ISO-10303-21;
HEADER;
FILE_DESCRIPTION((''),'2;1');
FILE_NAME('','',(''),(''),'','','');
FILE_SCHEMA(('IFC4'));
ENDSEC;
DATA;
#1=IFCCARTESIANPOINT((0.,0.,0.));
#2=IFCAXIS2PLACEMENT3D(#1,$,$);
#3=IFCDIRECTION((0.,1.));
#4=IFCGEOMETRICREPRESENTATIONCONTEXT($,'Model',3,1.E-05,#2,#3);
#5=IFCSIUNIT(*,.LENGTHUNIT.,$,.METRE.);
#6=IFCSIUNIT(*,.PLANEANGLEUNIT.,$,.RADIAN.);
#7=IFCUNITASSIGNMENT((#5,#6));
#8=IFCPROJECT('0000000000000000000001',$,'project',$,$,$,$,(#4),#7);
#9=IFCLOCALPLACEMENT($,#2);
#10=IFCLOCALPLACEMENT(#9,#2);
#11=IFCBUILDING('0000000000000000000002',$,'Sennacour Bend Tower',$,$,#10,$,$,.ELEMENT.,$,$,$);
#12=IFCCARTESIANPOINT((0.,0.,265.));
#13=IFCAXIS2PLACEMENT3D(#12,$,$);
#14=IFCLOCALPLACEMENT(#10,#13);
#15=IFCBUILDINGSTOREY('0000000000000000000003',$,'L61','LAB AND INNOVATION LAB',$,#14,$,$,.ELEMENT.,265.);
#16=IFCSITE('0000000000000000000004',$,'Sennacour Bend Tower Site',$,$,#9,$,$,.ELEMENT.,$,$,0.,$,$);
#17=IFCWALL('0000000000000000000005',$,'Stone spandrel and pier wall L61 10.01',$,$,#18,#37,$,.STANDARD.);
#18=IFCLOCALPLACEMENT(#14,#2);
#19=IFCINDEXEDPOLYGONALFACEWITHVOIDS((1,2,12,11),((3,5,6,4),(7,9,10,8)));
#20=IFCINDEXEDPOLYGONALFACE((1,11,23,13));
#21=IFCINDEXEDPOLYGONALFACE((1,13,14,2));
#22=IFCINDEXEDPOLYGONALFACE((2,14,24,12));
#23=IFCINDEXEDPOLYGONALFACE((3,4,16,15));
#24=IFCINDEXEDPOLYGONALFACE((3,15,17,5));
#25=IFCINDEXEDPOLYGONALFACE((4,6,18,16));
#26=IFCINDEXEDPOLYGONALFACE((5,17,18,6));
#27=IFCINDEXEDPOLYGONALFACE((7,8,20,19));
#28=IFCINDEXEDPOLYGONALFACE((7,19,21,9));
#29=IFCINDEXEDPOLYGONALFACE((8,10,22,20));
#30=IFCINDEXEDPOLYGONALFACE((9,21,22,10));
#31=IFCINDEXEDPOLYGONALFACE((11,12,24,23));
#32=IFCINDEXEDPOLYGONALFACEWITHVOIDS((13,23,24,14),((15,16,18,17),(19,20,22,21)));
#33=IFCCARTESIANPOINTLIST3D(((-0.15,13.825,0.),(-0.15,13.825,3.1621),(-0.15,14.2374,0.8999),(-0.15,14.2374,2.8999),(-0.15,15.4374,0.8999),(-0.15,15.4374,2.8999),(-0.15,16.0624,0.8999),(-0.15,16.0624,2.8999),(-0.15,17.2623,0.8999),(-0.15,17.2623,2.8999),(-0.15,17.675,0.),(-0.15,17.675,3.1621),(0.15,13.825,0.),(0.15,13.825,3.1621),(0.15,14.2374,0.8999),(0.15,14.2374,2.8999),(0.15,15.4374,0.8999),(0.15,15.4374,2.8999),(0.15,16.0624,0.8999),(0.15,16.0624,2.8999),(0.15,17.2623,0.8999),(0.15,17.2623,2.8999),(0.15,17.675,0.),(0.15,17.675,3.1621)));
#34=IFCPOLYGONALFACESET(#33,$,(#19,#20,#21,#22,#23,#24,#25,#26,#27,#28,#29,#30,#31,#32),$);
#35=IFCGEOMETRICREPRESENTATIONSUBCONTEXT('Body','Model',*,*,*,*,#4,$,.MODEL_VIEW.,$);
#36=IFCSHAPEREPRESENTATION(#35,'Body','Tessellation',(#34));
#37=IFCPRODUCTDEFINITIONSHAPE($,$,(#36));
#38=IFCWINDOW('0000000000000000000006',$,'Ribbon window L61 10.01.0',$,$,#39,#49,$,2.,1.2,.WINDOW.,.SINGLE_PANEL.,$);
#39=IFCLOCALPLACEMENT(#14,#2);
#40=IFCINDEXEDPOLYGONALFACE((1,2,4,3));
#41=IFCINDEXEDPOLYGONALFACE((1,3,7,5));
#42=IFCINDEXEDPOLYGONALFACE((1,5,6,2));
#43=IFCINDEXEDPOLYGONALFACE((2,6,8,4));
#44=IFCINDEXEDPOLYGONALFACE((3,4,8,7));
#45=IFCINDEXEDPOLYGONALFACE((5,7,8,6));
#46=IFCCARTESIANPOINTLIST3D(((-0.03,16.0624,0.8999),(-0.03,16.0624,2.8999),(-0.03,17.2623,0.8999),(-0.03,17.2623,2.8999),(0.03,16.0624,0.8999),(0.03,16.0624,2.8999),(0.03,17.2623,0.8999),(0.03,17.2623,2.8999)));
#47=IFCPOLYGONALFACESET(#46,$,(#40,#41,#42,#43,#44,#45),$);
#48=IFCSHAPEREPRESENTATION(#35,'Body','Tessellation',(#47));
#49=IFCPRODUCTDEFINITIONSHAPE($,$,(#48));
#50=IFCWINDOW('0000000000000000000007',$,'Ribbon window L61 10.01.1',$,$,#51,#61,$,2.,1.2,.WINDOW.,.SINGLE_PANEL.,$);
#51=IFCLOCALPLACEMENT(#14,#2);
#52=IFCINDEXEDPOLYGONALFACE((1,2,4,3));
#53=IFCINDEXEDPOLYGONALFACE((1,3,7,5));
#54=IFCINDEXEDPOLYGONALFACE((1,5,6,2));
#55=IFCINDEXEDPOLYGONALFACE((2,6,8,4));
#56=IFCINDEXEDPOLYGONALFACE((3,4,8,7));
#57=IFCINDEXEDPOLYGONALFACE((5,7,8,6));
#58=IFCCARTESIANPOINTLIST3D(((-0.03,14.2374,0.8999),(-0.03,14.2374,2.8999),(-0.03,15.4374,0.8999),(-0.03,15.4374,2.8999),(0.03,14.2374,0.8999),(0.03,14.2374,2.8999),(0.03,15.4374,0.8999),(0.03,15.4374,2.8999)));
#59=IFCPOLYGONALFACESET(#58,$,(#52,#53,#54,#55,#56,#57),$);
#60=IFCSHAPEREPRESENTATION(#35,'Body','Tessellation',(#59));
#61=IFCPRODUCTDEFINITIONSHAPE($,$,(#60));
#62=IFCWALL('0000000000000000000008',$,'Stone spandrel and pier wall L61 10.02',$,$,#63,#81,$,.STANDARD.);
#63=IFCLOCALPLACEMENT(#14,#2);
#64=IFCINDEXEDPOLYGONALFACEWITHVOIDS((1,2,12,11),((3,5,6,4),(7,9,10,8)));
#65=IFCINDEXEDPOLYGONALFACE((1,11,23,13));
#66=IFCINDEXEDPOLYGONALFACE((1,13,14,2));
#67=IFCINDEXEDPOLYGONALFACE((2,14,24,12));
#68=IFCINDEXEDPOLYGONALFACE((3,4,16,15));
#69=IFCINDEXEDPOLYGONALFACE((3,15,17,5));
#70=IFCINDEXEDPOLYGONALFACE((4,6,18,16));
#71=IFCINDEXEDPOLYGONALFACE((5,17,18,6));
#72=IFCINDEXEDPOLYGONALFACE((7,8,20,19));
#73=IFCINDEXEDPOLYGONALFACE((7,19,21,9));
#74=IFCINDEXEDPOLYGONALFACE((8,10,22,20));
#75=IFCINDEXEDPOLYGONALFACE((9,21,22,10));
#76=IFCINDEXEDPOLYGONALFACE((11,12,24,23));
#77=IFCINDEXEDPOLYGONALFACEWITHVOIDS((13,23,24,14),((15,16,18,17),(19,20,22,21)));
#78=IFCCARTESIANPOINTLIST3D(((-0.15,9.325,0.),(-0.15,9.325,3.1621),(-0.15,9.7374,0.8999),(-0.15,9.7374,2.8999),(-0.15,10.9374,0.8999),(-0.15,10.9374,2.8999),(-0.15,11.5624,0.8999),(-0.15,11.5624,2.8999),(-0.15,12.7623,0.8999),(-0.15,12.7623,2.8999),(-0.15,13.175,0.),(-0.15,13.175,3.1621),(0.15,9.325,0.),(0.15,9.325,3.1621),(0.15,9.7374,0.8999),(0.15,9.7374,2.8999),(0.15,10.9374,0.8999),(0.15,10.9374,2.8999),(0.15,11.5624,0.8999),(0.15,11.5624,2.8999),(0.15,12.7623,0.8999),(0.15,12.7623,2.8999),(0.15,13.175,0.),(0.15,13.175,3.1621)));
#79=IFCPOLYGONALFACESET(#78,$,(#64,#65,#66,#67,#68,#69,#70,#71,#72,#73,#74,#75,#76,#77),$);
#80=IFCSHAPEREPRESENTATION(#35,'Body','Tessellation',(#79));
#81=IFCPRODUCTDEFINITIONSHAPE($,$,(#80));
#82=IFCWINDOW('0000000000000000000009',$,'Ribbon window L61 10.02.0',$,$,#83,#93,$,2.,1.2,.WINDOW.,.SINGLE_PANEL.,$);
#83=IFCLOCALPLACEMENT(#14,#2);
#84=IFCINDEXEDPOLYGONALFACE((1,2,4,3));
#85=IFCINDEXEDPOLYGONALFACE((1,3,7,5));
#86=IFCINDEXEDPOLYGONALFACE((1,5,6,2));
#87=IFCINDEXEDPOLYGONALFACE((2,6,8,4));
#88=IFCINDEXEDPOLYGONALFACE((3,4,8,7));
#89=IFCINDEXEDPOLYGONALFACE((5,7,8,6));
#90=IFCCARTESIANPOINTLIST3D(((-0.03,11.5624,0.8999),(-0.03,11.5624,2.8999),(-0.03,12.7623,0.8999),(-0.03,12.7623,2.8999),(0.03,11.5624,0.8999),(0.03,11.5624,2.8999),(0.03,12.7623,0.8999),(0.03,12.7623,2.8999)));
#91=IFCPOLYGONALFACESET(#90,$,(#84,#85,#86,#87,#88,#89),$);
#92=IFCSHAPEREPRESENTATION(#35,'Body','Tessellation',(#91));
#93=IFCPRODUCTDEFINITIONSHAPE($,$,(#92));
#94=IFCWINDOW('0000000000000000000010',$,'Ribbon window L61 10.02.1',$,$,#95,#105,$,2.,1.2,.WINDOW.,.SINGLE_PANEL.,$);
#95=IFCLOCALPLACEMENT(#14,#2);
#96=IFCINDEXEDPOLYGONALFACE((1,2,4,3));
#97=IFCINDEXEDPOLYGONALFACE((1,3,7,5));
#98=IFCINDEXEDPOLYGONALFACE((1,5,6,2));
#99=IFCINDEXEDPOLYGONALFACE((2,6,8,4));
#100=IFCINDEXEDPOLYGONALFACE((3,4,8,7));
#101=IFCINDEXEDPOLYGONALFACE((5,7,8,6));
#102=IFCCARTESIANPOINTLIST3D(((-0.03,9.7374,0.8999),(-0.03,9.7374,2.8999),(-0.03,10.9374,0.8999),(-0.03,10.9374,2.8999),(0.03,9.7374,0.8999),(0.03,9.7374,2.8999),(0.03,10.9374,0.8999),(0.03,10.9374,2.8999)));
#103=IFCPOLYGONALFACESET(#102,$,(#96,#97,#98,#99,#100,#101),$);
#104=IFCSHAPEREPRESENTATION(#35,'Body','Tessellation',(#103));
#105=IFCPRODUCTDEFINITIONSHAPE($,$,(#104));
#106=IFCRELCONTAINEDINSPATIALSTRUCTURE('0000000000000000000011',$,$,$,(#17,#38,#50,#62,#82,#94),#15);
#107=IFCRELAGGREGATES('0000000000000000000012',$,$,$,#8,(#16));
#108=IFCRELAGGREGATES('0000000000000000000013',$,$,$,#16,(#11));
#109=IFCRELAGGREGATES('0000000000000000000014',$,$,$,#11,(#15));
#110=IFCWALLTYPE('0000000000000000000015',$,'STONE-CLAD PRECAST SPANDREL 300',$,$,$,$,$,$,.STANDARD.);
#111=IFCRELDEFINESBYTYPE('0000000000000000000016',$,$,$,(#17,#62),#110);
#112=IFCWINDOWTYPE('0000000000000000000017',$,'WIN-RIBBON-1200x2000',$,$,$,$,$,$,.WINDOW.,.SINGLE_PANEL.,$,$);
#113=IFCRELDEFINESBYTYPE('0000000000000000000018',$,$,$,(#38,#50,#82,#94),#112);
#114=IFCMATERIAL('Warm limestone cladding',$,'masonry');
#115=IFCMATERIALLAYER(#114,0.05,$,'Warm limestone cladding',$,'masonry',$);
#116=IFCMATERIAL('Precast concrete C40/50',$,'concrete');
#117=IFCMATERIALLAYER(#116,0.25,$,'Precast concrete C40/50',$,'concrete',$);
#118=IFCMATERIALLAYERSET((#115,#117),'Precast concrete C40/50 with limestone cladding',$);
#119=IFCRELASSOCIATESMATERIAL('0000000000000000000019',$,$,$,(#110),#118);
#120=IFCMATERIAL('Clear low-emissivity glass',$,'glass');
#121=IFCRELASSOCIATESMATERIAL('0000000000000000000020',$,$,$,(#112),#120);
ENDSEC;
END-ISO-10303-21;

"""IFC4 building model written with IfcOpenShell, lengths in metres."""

from ifc_helpers import new_model, si_unit, direction, frame, frame_2d, origin, place, context, subcontext, project, spatial, rectangle, extrude, material, layer, layer_set, type_object, element, fill, save


model = new_model("IFC4")

# Units and contexts
model_context = context("Model", 3, precision=1e-05, world=origin(), true_north=direction((0.0, 1.0)))
body_context = subcontext(model_context, "Body", "Model", "MODEL_VIEW")
ifc_project = project(units=[si_unit("LENGTHUNIT", "METRE"), si_unit("PLANEANGLEUNIT", "RADIAN")], contexts=[model_context])

# Site, building, storey
site_placement = place(None, origin())
site = spatial("IfcSite", under=ifc_project, at=site_placement, Name="Sennacour Bend Tower Site", CompositionType="ELEMENT", RefElevation=0.0)
building_placement = place(site_placement, origin())
building = spatial("IfcBuilding", under=site, at=building_placement, Name="Sennacour Bend Tower", CompositionType="ELEMENT")
storey_placement = place(building_placement, frame((0.0, 0.0, 265.0)))
storey = spatial("IfcBuildingStorey", under=building, at=storey_placement, Name="L61", Description="LAB AND INNOVATION LAB", CompositionType="ELEMENT", Elevation=265.0)

# Walls, openings, windows
ifc_material_1 = material(Name="Warm limestone cladding", Category="masonry")
ifc_layer_1 = layer(ifc_material_1, 0.05, Name="Warm limestone cladding", Category="masonry")
ifc_material_2 = material(Name="Precast concrete C40/50", Category="concrete")
ifc_layer_2 = layer(ifc_material_2, 0.25, Name="Precast concrete C40/50", Category="concrete")
ifc_layer_set_1 = layer_set([ifc_layer_1, ifc_layer_2], Name="Precast concrete C40/50 with limestone cladding")
wall_type_1 = type_object("IfcWallType", Name="STONE-CLAD PRECAST SPANDREL 300", PredefinedType="STANDARD", material=ifc_layer_set_1)
ifc_material_3 = material(Name="Clear low-emissivity glass", Category="glass")
window_type_1 = type_object("IfcWindowType", Name="WIN-RIBBON-1200x2000", PartitioningType="SINGLE_PANEL", PredefinedType="WINDOW", material=ifc_material_3)
wall_1_placement = place(storey_placement, frame((0.0, 17.675, 0.0), z_axis=(0.0, 0.0, 1.0), x_axis=(0.0, -1.0, 0.0)))
wall_1 = element("IfcWall", 1, at=wall_1_placement, inside=storey, type_object=wall_type_1, Name="Stone spandrel and pier wall L61 10.01", PredefinedType="STANDARD", context=body_context, shape_type="SweptSolid", body=[
    extrude(rectangle(XDim=3.8501, YDim=0.3, at=frame_2d((1.925, 0.0))), origin(), (0.0, 0.0, 1.0), 3.1621),
])
opening_1_placement = place(wall_1_placement, frame((0.4126, 0.0, 0.8999)))
opening_1 = element("IfcOpeningElement", 2, at=opening_1_placement, cuts=wall_1, PredefinedType="OPENING", context=body_context, shape_type="SweptSolid", body=[
    extrude(rectangle(XDim=1.2, YDim=2.0, at=frame_2d((0.6001, 1.0))), frame((0.0, 0.1602, 0.0), z_axis=(0.0, -1.0, 0.0), x_axis=(1.0, 0.0, 0.0)), (0.0, 0.0, 1.0), 0.3201),
])
opening_2_placement = place(wall_1_placement, frame((2.2375, 0.0, 0.8999)))
opening_2 = element("IfcOpeningElement", 3, at=opening_2_placement, cuts=wall_1, PredefinedType="OPENING", context=body_context, shape_type="SweptSolid", body=[
    extrude(rectangle(XDim=1.2, YDim=2.0, at=frame_2d((0.6001, 1.0))), frame((0.0, 0.1602, 0.0), z_axis=(0.0, -1.0, 0.0), x_axis=(1.0, 0.0, 0.0)), (0.0, 0.0, 1.0), 0.3201),
])
window_1_placement = place(opening_1_placement, origin())
window_1 = element("IfcWindow", 4, at=window_1_placement, inside=storey, type_object=window_type_1, Name="Ribbon window L61 10.01.0", OverallHeight=2.0, OverallWidth=1.2, PartitioningType="SINGLE_PANEL", PredefinedType="WINDOW", context=body_context, shape_type="SweptSolid", body=[
    extrude(rectangle(XDim=1.2, YDim=2.0, at=frame_2d((0.6001, 1.0))), frame((0.0, 0.03, 0.0), z_axis=(0.0, -1.0, 0.0), x_axis=(1.0, 0.0, 0.0)), (0.0, 0.0, 1.0), 0.0601),
])
fill(opening_1, window_1)
window_2_placement = place(opening_2_placement, origin())
window_2 = element("IfcWindow", 5, at=window_2_placement, inside=storey, type_object=window_type_1, Name="Ribbon window L61 10.01.1", OverallHeight=2.0, OverallWidth=1.2, PartitioningType="SINGLE_PANEL", PredefinedType="WINDOW", context=body_context, shape_type="SweptSolid", body=[
    extrude(rectangle(XDim=1.2, YDim=2.0, at=frame_2d((0.6001, 1.0))), frame((0.0, 0.03, 0.0), z_axis=(0.0, -1.0, 0.0), x_axis=(1.0, 0.0, 0.0)), (0.0, 0.0, 1.0), 0.0601),
])
fill(opening_2, window_2)
wall_2_placement = place(storey_placement, frame((0.0, 13.175, 0.0), z_axis=(0.0, 0.0, 1.0), x_axis=(0.0, -1.0, 0.0)))
wall_2 = element("IfcWall", 6, at=wall_2_placement, inside=storey, type_object=wall_type_1, Name="Stone spandrel and pier wall L61 10.02", PredefinedType="STANDARD", context=body_context, shape_type="SweptSolid", body=[
    extrude(rectangle(XDim=3.8501, YDim=0.3, at=frame_2d((1.925, 0.0))), origin(), (0.0, 0.0, 1.0), 3.1621),
])
opening_3_placement = place(wall_2_placement, frame((0.4126, 0.0, 0.8999)))
opening_3 = element("IfcOpeningElement", 7, at=opening_3_placement, cuts=wall_2, PredefinedType="OPENING", context=body_context, shape_type="SweptSolid", body=[
    extrude(rectangle(XDim=1.2, YDim=2.0, at=frame_2d((0.6001, 1.0))), frame((0.0, 0.1602, 0.0), z_axis=(0.0, -1.0, 0.0), x_axis=(1.0, 0.0, 0.0)), (0.0, 0.0, 1.0), 0.3201),
])
opening_4_placement = place(wall_2_placement, frame((2.2375, 0.0, 0.8999)))
opening_4 = element("IfcOpeningElement", 8, at=opening_4_placement, cuts=wall_2, PredefinedType="OPENING", context=body_context, shape_type="SweptSolid", body=[
    extrude(rectangle(XDim=1.2, YDim=2.0, at=frame_2d((0.6001, 1.0))), frame((0.0, 0.1602, 0.0), z_axis=(0.0, -1.0, 0.0), x_axis=(1.0, 0.0, 0.0)), (0.0, 0.0, 1.0), 0.3201),
])
window_3_placement = place(opening_3_placement, origin())
window_3 = element("IfcWindow", 9, at=window_3_placement, inside=storey, type_object=window_type_1, Name="Ribbon window L61 10.02.0", OverallHeight=2.0, OverallWidth=1.2, PartitioningType="SINGLE_PANEL", PredefinedType="WINDOW", context=body_context, shape_type="SweptSolid", body=[
    extrude(rectangle(XDim=1.2, YDim=2.0, at=frame_2d((0.6001, 1.0))), frame((0.0, 0.03, 0.0), z_axis=(0.0, -1.0, 0.0), x_axis=(1.0, 0.0, 0.0)), (0.0, 0.0, 1.0), 0.0601),
])
fill(opening_3, window_3)
window_4_placement = place(opening_4_placement, origin())
window_4 = element("IfcWindow", 10, at=window_4_placement, inside=storey, type_object=window_type_1, Name="Ribbon window L61 10.02.1", OverallHeight=2.0, OverallWidth=1.2, PartitioningType="SINGLE_PANEL", PredefinedType="WINDOW", context=body_context, shape_type="SweptSolid", body=[
    extrude(rectangle(XDim=1.2, YDim=2.0, at=frame_2d((0.6001, 1.0))), frame((0.0, 0.03, 0.0), z_axis=(0.0, -1.0, 0.0), x_axis=(1.0, 0.0, 0.0)), (0.0, 0.0, 1.0), 0.0601),
])
fill(opening_4, window_4)

save(model, "model.ifc")
